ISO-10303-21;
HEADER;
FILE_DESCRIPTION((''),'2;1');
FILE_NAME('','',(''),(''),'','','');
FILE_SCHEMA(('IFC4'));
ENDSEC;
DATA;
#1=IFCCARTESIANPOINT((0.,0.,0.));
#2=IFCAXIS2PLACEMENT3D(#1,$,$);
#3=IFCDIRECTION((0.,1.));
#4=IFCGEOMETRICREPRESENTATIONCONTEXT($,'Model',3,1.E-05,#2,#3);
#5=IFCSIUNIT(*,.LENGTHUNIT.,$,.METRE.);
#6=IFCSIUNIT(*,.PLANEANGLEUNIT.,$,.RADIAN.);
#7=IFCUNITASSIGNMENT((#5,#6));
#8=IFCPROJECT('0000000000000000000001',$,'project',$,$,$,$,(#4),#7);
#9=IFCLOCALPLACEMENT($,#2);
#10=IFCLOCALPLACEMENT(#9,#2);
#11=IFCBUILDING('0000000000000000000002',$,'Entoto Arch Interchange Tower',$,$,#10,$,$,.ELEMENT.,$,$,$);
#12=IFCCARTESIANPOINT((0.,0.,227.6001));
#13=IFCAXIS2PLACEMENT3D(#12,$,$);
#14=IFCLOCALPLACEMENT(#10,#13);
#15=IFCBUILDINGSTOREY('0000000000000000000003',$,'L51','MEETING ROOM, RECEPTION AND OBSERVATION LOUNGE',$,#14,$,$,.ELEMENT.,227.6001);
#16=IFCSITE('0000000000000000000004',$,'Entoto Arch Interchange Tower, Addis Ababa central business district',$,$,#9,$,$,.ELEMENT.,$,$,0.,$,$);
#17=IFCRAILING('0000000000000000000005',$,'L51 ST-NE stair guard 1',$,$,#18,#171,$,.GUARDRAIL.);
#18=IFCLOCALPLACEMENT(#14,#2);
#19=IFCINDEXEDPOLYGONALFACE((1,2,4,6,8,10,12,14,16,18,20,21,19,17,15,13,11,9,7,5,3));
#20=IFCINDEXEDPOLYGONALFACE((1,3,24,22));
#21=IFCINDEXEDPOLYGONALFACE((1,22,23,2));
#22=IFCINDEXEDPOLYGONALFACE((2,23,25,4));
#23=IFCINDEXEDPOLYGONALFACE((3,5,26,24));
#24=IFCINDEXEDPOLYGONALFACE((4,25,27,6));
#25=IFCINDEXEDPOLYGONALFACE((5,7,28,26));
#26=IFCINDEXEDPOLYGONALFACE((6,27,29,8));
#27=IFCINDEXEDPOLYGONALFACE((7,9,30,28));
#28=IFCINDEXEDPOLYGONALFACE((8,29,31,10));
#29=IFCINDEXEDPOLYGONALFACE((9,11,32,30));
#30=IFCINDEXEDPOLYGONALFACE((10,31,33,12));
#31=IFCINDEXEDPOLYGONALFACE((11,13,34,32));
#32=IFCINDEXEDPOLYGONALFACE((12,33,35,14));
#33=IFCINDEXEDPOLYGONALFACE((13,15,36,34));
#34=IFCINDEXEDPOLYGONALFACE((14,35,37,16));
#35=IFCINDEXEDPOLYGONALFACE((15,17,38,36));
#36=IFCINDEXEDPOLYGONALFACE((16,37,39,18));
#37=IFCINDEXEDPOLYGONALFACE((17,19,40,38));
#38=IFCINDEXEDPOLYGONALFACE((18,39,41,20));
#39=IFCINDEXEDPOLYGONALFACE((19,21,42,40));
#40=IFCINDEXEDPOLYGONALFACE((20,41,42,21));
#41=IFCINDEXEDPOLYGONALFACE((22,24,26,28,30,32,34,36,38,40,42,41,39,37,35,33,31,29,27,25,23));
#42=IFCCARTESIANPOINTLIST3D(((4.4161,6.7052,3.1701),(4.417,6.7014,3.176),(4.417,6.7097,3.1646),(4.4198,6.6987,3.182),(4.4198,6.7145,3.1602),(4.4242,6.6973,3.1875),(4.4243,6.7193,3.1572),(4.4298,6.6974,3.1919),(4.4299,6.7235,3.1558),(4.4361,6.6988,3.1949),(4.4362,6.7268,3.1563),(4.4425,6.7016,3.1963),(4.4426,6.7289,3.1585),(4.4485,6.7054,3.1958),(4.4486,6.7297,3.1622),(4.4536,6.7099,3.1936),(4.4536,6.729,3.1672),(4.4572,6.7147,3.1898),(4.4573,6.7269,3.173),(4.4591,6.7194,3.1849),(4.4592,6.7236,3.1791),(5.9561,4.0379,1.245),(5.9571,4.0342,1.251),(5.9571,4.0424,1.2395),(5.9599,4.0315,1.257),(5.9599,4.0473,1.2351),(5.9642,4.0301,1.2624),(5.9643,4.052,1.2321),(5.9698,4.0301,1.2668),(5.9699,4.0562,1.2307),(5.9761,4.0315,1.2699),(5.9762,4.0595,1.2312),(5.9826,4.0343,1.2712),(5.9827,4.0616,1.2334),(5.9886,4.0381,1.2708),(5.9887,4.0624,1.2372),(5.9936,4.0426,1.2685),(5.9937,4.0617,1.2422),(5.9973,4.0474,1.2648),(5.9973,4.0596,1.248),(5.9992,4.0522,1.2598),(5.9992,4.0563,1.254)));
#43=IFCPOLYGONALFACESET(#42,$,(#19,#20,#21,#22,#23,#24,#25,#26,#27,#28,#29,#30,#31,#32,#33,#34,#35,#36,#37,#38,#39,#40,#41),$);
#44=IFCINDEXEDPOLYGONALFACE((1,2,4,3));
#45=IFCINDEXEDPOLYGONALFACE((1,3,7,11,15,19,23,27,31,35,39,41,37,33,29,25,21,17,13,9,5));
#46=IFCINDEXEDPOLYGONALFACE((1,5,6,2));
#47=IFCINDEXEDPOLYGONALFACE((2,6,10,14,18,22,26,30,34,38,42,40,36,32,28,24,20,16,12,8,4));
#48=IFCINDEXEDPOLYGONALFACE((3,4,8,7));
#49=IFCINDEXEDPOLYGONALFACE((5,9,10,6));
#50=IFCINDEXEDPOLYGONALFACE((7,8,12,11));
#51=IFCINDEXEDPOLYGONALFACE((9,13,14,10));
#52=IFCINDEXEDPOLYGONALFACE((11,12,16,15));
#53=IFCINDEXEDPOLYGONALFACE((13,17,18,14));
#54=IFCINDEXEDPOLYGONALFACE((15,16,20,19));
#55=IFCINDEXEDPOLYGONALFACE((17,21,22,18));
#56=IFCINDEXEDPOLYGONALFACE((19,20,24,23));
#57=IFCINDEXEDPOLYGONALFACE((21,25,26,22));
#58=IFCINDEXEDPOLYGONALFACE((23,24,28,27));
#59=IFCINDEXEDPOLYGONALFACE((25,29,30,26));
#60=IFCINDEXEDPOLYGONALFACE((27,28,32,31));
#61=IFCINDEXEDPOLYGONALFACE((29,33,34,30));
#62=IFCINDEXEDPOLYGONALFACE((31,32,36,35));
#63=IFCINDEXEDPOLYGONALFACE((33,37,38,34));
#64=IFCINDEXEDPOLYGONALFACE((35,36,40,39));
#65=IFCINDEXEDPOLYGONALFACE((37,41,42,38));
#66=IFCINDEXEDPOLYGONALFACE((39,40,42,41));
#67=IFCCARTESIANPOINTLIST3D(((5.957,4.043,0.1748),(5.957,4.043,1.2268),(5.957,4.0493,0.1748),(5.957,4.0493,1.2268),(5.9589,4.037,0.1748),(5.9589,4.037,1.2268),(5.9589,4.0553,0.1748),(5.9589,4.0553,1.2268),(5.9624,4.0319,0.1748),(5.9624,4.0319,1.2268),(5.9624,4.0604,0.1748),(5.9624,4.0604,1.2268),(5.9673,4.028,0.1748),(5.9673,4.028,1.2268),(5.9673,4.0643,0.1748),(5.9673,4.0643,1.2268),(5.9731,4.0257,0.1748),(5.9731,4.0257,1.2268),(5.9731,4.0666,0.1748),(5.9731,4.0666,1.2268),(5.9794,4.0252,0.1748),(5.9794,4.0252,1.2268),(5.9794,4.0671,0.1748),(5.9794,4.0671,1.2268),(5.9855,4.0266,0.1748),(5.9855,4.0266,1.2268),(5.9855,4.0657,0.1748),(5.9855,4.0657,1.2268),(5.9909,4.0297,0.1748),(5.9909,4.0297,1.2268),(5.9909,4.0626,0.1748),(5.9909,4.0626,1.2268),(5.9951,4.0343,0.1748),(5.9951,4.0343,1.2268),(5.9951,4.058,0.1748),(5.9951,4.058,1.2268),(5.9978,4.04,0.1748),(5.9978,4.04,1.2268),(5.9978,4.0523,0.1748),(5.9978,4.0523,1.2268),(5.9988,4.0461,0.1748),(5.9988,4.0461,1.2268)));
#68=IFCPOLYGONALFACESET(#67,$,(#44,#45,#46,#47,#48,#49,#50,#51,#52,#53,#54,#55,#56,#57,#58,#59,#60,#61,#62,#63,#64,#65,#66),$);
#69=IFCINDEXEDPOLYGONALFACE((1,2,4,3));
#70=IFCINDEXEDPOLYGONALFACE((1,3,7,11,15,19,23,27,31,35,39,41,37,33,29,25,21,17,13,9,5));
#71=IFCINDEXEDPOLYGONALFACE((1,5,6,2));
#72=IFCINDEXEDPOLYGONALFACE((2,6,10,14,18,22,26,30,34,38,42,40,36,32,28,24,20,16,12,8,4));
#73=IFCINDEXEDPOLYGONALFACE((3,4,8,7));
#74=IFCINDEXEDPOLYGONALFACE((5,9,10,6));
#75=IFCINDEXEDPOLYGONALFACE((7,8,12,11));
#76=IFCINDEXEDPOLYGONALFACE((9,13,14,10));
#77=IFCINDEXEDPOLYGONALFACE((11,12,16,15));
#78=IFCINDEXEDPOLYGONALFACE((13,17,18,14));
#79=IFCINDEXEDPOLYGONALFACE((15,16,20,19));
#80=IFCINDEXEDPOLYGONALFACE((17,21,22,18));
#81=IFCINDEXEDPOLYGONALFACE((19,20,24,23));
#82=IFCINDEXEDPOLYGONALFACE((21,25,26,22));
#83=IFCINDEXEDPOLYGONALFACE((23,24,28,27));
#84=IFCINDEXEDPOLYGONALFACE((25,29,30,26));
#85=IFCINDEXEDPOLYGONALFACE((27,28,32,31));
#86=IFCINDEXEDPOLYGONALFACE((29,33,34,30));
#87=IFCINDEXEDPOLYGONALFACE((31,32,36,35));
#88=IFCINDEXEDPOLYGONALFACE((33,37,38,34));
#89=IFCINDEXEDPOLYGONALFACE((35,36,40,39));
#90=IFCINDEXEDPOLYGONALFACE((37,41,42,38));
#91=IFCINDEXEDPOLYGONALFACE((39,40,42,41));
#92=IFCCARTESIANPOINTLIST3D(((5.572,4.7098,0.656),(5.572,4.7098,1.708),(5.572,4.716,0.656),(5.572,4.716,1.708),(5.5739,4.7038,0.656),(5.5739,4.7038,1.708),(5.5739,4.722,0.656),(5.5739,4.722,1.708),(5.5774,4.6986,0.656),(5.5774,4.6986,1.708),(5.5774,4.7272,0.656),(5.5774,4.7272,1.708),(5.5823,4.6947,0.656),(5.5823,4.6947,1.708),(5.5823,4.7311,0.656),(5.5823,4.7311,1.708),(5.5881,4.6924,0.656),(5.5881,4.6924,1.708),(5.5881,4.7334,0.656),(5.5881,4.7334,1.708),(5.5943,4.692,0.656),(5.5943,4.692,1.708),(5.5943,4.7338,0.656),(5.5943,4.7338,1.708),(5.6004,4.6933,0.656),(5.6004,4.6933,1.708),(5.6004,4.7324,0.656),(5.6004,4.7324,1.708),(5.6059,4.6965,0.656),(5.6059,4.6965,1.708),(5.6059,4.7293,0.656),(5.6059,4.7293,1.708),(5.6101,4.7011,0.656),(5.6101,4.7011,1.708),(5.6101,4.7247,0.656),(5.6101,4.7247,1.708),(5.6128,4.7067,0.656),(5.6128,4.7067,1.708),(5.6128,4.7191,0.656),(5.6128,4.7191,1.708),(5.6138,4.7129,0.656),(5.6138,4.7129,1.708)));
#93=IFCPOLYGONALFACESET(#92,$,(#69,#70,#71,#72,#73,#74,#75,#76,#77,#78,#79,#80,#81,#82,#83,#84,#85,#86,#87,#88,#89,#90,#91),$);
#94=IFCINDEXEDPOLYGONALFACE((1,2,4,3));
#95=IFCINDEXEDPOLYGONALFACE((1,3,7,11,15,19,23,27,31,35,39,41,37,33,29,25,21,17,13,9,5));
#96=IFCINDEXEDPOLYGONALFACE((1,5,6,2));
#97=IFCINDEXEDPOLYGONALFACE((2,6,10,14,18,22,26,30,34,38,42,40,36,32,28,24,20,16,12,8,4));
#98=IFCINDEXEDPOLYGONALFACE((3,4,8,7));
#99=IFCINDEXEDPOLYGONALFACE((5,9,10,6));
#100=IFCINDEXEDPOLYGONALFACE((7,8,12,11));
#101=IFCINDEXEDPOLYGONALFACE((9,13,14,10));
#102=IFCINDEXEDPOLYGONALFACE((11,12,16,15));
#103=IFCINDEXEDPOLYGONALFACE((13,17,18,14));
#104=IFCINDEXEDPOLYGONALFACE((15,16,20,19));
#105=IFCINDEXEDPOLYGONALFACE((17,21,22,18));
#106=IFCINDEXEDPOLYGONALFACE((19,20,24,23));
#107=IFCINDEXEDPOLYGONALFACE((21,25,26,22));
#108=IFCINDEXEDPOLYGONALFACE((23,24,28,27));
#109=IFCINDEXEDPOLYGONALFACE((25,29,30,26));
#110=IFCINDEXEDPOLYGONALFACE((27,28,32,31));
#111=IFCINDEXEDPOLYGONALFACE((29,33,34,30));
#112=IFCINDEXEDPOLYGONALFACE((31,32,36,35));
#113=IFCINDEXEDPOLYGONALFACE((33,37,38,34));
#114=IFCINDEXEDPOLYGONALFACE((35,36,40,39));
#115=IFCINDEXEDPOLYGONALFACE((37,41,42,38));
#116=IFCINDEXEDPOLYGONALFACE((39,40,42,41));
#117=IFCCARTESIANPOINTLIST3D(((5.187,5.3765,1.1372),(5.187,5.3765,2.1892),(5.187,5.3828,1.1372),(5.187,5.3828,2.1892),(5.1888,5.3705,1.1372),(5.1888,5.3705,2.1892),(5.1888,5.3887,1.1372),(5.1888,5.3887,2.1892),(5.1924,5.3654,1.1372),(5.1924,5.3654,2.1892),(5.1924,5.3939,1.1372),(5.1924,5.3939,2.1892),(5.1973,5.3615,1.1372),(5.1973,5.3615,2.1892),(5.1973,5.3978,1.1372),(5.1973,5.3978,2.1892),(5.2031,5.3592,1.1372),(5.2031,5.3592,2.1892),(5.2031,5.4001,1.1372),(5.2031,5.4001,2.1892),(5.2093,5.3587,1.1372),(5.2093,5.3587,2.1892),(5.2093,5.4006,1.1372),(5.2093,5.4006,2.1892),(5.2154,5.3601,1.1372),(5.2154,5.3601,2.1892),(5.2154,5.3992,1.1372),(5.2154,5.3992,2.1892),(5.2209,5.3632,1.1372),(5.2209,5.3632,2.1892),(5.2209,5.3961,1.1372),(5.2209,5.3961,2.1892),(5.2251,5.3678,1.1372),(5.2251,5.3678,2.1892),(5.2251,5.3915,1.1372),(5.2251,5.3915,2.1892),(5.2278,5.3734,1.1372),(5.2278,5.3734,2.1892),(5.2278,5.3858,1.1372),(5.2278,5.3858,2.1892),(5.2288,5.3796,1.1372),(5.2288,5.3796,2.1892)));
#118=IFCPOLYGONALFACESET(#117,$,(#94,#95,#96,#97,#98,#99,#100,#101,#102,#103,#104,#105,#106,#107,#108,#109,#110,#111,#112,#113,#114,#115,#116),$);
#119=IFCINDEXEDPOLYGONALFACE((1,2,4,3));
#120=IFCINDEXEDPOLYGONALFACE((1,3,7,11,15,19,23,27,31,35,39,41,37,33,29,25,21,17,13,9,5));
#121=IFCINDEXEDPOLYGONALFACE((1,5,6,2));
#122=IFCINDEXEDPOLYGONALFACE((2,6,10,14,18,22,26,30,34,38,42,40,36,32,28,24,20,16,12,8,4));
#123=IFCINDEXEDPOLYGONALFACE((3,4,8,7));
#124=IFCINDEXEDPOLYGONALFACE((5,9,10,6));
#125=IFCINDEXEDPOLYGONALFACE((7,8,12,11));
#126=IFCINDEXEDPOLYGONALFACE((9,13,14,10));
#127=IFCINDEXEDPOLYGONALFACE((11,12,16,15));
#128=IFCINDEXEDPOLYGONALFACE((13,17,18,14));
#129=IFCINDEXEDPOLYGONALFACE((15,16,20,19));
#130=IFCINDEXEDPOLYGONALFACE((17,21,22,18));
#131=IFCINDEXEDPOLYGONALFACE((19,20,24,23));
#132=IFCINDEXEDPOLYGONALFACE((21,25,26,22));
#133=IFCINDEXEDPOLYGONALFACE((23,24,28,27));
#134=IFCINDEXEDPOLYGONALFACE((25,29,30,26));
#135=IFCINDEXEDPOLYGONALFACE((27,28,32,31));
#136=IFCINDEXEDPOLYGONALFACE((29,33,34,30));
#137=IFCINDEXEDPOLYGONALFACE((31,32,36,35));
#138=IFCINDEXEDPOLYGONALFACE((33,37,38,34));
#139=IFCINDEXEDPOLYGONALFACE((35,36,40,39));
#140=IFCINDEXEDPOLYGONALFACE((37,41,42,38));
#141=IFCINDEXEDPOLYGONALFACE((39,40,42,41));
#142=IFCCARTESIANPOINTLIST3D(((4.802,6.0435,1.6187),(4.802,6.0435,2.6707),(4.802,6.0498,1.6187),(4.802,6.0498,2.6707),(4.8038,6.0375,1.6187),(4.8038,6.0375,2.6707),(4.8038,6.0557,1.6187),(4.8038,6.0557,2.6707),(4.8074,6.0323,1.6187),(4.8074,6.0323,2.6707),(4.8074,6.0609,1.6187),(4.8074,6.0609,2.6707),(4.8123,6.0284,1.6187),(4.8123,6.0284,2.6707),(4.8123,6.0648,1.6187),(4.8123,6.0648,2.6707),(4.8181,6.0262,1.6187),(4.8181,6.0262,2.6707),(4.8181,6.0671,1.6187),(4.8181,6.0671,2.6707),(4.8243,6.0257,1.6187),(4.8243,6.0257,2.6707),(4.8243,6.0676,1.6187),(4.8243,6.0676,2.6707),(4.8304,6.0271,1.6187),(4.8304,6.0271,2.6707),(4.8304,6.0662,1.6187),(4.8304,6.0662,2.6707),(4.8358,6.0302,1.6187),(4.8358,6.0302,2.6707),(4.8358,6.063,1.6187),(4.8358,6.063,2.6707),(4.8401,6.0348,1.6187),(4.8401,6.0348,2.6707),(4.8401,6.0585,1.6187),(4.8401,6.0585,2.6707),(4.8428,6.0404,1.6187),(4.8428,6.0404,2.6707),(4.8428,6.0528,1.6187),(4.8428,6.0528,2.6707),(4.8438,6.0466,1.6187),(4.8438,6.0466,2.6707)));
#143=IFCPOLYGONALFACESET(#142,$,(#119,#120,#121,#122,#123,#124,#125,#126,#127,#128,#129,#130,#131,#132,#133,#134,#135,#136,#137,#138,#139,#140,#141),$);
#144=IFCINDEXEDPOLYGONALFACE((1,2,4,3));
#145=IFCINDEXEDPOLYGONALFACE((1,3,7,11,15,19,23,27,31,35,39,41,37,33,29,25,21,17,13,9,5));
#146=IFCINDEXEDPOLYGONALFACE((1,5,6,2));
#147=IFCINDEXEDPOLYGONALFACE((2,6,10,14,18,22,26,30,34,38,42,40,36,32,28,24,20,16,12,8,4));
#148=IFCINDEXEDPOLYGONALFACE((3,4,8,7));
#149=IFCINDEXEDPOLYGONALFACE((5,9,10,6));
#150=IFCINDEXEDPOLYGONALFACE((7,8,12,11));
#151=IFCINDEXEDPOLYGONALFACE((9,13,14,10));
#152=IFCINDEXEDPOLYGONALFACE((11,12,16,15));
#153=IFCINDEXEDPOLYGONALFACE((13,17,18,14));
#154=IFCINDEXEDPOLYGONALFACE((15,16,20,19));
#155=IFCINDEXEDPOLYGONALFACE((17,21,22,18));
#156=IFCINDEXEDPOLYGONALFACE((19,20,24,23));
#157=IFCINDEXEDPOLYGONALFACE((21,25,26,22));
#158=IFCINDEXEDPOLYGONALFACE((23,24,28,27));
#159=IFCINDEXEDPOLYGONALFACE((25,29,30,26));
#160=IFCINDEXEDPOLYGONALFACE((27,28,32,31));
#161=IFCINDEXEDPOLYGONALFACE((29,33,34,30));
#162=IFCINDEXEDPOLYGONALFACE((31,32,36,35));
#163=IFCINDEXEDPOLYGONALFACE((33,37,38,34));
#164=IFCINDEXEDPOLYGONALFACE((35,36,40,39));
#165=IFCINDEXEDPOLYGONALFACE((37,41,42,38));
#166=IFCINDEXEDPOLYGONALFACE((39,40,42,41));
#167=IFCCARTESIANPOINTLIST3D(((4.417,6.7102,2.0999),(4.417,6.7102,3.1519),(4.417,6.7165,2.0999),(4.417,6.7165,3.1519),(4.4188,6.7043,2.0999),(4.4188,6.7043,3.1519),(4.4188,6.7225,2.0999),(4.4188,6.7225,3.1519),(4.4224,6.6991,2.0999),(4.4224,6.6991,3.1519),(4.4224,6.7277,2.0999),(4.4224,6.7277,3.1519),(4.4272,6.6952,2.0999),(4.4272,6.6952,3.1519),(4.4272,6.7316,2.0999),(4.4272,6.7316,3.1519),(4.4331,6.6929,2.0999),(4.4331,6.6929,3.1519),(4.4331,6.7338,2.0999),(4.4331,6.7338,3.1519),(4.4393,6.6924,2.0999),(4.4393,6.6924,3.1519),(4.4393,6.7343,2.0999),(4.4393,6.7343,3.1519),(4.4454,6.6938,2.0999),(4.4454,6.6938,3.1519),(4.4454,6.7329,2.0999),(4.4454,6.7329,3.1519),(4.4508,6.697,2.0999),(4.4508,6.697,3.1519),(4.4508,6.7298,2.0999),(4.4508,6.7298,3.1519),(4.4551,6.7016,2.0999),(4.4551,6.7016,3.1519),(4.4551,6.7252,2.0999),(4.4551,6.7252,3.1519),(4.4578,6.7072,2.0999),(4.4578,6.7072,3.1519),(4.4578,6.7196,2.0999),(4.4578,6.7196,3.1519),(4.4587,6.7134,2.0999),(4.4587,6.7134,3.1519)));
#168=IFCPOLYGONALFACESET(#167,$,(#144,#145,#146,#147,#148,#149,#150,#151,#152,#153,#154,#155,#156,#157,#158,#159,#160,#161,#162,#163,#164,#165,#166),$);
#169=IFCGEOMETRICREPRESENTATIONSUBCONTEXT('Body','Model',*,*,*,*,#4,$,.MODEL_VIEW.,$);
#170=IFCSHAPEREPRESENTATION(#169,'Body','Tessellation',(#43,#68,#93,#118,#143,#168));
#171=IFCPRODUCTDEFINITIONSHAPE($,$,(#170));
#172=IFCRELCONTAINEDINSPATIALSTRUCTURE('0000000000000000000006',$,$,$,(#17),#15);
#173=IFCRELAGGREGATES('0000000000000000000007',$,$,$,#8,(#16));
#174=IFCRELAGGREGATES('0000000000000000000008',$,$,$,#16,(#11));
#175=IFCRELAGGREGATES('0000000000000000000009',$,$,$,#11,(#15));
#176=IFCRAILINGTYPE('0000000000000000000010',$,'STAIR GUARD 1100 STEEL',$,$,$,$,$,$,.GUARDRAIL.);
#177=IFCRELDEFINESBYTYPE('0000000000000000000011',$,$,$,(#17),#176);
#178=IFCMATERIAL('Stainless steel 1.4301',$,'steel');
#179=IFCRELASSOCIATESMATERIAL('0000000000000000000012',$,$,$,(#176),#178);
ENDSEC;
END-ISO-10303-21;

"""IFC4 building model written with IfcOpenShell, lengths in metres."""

from ifc_helpers import new_model, si_unit, direction, frame, origin, origin_2d, place, context, subcontext, project, spatial, circle, extrude, material, type_object, element, save


model = new_model("IFC4")

# Units and contexts
model_context = context("Model", 3, precision=1e-05, world=origin(), true_north=direction((0.0, 1.0)))
body_context = subcontext(model_context, "Body", "Model", "MODEL_VIEW")
ifc_project = project(units=[si_unit("LENGTHUNIT", "METRE"), si_unit("PLANEANGLEUNIT", "RADIAN")], contexts=[model_context])

# Site, building, storey
site_placement = place(None, origin())
site = spatial("IfcSite", under=ifc_project, at=site_placement, Name="Entoto Arch Interchange Tower, Addis Ababa central business district", CompositionType="ELEMENT", RefElevation=0.0)
building_placement = place(site_placement, origin())
building = spatial("IfcBuilding", under=site, at=building_placement, Name="Entoto Arch Interchange Tower", CompositionType="ELEMENT")
storey_placement = place(building_placement, frame((0.0, 0.0, 227.6001)))
storey = spatial("IfcBuildingStorey", under=building, at=storey_placement, Name="L51", Description="MEETING ROOM, RECEPTION AND OBSERVATION LOUNGE", CompositionType="ELEMENT", Elevation=227.6001)

# Shared definitions
ifc_material_1 = material(Name="Stainless steel 1.4301", Category="steel")

# Railing
railing_type_1 = type_object("IfcRailingType", Name="STAIR GUARD 1100 STEEL", PredefinedType="GUARDRAIL", material=ifc_material_1)
railing_1_placement = place(storey_placement, frame((5.9778, 4.0461, 0.1748)))
element("IfcRailing", 1, at=railing_1_placement, inside=storey, type_object=railing_type_1, Name="L51 ST-NE stair guard 1", PredefinedType="GUARDRAIL", context=body_context, shape_type="SweptSolid", body=[
    extrude(circle(Radius=0.0239, at=origin_2d()), frame((0.0, 0.0, 1.0762), z_axis=(-0.424015, 0.734364, 0.530019), x_axis=(-0.86601, -0.500027, 0.0)), (0.0, 0.0, 1.0), 3.6321),
    extrude(circle(Radius=0.021, at=origin_2d()), origin(), (0.0, 0.0, 1.0), 1.052),
    extrude(circle(Radius=0.021, at=origin_2d()), frame((-0.385, 0.6667, 0.4812)), (0.0, 0.0, 1.0), 1.052),
    extrude(circle(Radius=0.021, at=origin_2d()), frame((-0.77, 1.3335, 0.9624)), (0.0, 0.0, 1.0), 1.052),
    extrude(circle(Radius=0.021, at=origin_2d()), frame((-1.155, 2.0005, 1.4438)), (0.0, 0.0, 1.0), 1.052),
    extrude(circle(Radius=0.021, at=origin_2d()), frame((-1.54, 2.6672, 1.925)), (0.0, 0.0, 1.0), 1.052),
])

save(model, "model.ifc")
